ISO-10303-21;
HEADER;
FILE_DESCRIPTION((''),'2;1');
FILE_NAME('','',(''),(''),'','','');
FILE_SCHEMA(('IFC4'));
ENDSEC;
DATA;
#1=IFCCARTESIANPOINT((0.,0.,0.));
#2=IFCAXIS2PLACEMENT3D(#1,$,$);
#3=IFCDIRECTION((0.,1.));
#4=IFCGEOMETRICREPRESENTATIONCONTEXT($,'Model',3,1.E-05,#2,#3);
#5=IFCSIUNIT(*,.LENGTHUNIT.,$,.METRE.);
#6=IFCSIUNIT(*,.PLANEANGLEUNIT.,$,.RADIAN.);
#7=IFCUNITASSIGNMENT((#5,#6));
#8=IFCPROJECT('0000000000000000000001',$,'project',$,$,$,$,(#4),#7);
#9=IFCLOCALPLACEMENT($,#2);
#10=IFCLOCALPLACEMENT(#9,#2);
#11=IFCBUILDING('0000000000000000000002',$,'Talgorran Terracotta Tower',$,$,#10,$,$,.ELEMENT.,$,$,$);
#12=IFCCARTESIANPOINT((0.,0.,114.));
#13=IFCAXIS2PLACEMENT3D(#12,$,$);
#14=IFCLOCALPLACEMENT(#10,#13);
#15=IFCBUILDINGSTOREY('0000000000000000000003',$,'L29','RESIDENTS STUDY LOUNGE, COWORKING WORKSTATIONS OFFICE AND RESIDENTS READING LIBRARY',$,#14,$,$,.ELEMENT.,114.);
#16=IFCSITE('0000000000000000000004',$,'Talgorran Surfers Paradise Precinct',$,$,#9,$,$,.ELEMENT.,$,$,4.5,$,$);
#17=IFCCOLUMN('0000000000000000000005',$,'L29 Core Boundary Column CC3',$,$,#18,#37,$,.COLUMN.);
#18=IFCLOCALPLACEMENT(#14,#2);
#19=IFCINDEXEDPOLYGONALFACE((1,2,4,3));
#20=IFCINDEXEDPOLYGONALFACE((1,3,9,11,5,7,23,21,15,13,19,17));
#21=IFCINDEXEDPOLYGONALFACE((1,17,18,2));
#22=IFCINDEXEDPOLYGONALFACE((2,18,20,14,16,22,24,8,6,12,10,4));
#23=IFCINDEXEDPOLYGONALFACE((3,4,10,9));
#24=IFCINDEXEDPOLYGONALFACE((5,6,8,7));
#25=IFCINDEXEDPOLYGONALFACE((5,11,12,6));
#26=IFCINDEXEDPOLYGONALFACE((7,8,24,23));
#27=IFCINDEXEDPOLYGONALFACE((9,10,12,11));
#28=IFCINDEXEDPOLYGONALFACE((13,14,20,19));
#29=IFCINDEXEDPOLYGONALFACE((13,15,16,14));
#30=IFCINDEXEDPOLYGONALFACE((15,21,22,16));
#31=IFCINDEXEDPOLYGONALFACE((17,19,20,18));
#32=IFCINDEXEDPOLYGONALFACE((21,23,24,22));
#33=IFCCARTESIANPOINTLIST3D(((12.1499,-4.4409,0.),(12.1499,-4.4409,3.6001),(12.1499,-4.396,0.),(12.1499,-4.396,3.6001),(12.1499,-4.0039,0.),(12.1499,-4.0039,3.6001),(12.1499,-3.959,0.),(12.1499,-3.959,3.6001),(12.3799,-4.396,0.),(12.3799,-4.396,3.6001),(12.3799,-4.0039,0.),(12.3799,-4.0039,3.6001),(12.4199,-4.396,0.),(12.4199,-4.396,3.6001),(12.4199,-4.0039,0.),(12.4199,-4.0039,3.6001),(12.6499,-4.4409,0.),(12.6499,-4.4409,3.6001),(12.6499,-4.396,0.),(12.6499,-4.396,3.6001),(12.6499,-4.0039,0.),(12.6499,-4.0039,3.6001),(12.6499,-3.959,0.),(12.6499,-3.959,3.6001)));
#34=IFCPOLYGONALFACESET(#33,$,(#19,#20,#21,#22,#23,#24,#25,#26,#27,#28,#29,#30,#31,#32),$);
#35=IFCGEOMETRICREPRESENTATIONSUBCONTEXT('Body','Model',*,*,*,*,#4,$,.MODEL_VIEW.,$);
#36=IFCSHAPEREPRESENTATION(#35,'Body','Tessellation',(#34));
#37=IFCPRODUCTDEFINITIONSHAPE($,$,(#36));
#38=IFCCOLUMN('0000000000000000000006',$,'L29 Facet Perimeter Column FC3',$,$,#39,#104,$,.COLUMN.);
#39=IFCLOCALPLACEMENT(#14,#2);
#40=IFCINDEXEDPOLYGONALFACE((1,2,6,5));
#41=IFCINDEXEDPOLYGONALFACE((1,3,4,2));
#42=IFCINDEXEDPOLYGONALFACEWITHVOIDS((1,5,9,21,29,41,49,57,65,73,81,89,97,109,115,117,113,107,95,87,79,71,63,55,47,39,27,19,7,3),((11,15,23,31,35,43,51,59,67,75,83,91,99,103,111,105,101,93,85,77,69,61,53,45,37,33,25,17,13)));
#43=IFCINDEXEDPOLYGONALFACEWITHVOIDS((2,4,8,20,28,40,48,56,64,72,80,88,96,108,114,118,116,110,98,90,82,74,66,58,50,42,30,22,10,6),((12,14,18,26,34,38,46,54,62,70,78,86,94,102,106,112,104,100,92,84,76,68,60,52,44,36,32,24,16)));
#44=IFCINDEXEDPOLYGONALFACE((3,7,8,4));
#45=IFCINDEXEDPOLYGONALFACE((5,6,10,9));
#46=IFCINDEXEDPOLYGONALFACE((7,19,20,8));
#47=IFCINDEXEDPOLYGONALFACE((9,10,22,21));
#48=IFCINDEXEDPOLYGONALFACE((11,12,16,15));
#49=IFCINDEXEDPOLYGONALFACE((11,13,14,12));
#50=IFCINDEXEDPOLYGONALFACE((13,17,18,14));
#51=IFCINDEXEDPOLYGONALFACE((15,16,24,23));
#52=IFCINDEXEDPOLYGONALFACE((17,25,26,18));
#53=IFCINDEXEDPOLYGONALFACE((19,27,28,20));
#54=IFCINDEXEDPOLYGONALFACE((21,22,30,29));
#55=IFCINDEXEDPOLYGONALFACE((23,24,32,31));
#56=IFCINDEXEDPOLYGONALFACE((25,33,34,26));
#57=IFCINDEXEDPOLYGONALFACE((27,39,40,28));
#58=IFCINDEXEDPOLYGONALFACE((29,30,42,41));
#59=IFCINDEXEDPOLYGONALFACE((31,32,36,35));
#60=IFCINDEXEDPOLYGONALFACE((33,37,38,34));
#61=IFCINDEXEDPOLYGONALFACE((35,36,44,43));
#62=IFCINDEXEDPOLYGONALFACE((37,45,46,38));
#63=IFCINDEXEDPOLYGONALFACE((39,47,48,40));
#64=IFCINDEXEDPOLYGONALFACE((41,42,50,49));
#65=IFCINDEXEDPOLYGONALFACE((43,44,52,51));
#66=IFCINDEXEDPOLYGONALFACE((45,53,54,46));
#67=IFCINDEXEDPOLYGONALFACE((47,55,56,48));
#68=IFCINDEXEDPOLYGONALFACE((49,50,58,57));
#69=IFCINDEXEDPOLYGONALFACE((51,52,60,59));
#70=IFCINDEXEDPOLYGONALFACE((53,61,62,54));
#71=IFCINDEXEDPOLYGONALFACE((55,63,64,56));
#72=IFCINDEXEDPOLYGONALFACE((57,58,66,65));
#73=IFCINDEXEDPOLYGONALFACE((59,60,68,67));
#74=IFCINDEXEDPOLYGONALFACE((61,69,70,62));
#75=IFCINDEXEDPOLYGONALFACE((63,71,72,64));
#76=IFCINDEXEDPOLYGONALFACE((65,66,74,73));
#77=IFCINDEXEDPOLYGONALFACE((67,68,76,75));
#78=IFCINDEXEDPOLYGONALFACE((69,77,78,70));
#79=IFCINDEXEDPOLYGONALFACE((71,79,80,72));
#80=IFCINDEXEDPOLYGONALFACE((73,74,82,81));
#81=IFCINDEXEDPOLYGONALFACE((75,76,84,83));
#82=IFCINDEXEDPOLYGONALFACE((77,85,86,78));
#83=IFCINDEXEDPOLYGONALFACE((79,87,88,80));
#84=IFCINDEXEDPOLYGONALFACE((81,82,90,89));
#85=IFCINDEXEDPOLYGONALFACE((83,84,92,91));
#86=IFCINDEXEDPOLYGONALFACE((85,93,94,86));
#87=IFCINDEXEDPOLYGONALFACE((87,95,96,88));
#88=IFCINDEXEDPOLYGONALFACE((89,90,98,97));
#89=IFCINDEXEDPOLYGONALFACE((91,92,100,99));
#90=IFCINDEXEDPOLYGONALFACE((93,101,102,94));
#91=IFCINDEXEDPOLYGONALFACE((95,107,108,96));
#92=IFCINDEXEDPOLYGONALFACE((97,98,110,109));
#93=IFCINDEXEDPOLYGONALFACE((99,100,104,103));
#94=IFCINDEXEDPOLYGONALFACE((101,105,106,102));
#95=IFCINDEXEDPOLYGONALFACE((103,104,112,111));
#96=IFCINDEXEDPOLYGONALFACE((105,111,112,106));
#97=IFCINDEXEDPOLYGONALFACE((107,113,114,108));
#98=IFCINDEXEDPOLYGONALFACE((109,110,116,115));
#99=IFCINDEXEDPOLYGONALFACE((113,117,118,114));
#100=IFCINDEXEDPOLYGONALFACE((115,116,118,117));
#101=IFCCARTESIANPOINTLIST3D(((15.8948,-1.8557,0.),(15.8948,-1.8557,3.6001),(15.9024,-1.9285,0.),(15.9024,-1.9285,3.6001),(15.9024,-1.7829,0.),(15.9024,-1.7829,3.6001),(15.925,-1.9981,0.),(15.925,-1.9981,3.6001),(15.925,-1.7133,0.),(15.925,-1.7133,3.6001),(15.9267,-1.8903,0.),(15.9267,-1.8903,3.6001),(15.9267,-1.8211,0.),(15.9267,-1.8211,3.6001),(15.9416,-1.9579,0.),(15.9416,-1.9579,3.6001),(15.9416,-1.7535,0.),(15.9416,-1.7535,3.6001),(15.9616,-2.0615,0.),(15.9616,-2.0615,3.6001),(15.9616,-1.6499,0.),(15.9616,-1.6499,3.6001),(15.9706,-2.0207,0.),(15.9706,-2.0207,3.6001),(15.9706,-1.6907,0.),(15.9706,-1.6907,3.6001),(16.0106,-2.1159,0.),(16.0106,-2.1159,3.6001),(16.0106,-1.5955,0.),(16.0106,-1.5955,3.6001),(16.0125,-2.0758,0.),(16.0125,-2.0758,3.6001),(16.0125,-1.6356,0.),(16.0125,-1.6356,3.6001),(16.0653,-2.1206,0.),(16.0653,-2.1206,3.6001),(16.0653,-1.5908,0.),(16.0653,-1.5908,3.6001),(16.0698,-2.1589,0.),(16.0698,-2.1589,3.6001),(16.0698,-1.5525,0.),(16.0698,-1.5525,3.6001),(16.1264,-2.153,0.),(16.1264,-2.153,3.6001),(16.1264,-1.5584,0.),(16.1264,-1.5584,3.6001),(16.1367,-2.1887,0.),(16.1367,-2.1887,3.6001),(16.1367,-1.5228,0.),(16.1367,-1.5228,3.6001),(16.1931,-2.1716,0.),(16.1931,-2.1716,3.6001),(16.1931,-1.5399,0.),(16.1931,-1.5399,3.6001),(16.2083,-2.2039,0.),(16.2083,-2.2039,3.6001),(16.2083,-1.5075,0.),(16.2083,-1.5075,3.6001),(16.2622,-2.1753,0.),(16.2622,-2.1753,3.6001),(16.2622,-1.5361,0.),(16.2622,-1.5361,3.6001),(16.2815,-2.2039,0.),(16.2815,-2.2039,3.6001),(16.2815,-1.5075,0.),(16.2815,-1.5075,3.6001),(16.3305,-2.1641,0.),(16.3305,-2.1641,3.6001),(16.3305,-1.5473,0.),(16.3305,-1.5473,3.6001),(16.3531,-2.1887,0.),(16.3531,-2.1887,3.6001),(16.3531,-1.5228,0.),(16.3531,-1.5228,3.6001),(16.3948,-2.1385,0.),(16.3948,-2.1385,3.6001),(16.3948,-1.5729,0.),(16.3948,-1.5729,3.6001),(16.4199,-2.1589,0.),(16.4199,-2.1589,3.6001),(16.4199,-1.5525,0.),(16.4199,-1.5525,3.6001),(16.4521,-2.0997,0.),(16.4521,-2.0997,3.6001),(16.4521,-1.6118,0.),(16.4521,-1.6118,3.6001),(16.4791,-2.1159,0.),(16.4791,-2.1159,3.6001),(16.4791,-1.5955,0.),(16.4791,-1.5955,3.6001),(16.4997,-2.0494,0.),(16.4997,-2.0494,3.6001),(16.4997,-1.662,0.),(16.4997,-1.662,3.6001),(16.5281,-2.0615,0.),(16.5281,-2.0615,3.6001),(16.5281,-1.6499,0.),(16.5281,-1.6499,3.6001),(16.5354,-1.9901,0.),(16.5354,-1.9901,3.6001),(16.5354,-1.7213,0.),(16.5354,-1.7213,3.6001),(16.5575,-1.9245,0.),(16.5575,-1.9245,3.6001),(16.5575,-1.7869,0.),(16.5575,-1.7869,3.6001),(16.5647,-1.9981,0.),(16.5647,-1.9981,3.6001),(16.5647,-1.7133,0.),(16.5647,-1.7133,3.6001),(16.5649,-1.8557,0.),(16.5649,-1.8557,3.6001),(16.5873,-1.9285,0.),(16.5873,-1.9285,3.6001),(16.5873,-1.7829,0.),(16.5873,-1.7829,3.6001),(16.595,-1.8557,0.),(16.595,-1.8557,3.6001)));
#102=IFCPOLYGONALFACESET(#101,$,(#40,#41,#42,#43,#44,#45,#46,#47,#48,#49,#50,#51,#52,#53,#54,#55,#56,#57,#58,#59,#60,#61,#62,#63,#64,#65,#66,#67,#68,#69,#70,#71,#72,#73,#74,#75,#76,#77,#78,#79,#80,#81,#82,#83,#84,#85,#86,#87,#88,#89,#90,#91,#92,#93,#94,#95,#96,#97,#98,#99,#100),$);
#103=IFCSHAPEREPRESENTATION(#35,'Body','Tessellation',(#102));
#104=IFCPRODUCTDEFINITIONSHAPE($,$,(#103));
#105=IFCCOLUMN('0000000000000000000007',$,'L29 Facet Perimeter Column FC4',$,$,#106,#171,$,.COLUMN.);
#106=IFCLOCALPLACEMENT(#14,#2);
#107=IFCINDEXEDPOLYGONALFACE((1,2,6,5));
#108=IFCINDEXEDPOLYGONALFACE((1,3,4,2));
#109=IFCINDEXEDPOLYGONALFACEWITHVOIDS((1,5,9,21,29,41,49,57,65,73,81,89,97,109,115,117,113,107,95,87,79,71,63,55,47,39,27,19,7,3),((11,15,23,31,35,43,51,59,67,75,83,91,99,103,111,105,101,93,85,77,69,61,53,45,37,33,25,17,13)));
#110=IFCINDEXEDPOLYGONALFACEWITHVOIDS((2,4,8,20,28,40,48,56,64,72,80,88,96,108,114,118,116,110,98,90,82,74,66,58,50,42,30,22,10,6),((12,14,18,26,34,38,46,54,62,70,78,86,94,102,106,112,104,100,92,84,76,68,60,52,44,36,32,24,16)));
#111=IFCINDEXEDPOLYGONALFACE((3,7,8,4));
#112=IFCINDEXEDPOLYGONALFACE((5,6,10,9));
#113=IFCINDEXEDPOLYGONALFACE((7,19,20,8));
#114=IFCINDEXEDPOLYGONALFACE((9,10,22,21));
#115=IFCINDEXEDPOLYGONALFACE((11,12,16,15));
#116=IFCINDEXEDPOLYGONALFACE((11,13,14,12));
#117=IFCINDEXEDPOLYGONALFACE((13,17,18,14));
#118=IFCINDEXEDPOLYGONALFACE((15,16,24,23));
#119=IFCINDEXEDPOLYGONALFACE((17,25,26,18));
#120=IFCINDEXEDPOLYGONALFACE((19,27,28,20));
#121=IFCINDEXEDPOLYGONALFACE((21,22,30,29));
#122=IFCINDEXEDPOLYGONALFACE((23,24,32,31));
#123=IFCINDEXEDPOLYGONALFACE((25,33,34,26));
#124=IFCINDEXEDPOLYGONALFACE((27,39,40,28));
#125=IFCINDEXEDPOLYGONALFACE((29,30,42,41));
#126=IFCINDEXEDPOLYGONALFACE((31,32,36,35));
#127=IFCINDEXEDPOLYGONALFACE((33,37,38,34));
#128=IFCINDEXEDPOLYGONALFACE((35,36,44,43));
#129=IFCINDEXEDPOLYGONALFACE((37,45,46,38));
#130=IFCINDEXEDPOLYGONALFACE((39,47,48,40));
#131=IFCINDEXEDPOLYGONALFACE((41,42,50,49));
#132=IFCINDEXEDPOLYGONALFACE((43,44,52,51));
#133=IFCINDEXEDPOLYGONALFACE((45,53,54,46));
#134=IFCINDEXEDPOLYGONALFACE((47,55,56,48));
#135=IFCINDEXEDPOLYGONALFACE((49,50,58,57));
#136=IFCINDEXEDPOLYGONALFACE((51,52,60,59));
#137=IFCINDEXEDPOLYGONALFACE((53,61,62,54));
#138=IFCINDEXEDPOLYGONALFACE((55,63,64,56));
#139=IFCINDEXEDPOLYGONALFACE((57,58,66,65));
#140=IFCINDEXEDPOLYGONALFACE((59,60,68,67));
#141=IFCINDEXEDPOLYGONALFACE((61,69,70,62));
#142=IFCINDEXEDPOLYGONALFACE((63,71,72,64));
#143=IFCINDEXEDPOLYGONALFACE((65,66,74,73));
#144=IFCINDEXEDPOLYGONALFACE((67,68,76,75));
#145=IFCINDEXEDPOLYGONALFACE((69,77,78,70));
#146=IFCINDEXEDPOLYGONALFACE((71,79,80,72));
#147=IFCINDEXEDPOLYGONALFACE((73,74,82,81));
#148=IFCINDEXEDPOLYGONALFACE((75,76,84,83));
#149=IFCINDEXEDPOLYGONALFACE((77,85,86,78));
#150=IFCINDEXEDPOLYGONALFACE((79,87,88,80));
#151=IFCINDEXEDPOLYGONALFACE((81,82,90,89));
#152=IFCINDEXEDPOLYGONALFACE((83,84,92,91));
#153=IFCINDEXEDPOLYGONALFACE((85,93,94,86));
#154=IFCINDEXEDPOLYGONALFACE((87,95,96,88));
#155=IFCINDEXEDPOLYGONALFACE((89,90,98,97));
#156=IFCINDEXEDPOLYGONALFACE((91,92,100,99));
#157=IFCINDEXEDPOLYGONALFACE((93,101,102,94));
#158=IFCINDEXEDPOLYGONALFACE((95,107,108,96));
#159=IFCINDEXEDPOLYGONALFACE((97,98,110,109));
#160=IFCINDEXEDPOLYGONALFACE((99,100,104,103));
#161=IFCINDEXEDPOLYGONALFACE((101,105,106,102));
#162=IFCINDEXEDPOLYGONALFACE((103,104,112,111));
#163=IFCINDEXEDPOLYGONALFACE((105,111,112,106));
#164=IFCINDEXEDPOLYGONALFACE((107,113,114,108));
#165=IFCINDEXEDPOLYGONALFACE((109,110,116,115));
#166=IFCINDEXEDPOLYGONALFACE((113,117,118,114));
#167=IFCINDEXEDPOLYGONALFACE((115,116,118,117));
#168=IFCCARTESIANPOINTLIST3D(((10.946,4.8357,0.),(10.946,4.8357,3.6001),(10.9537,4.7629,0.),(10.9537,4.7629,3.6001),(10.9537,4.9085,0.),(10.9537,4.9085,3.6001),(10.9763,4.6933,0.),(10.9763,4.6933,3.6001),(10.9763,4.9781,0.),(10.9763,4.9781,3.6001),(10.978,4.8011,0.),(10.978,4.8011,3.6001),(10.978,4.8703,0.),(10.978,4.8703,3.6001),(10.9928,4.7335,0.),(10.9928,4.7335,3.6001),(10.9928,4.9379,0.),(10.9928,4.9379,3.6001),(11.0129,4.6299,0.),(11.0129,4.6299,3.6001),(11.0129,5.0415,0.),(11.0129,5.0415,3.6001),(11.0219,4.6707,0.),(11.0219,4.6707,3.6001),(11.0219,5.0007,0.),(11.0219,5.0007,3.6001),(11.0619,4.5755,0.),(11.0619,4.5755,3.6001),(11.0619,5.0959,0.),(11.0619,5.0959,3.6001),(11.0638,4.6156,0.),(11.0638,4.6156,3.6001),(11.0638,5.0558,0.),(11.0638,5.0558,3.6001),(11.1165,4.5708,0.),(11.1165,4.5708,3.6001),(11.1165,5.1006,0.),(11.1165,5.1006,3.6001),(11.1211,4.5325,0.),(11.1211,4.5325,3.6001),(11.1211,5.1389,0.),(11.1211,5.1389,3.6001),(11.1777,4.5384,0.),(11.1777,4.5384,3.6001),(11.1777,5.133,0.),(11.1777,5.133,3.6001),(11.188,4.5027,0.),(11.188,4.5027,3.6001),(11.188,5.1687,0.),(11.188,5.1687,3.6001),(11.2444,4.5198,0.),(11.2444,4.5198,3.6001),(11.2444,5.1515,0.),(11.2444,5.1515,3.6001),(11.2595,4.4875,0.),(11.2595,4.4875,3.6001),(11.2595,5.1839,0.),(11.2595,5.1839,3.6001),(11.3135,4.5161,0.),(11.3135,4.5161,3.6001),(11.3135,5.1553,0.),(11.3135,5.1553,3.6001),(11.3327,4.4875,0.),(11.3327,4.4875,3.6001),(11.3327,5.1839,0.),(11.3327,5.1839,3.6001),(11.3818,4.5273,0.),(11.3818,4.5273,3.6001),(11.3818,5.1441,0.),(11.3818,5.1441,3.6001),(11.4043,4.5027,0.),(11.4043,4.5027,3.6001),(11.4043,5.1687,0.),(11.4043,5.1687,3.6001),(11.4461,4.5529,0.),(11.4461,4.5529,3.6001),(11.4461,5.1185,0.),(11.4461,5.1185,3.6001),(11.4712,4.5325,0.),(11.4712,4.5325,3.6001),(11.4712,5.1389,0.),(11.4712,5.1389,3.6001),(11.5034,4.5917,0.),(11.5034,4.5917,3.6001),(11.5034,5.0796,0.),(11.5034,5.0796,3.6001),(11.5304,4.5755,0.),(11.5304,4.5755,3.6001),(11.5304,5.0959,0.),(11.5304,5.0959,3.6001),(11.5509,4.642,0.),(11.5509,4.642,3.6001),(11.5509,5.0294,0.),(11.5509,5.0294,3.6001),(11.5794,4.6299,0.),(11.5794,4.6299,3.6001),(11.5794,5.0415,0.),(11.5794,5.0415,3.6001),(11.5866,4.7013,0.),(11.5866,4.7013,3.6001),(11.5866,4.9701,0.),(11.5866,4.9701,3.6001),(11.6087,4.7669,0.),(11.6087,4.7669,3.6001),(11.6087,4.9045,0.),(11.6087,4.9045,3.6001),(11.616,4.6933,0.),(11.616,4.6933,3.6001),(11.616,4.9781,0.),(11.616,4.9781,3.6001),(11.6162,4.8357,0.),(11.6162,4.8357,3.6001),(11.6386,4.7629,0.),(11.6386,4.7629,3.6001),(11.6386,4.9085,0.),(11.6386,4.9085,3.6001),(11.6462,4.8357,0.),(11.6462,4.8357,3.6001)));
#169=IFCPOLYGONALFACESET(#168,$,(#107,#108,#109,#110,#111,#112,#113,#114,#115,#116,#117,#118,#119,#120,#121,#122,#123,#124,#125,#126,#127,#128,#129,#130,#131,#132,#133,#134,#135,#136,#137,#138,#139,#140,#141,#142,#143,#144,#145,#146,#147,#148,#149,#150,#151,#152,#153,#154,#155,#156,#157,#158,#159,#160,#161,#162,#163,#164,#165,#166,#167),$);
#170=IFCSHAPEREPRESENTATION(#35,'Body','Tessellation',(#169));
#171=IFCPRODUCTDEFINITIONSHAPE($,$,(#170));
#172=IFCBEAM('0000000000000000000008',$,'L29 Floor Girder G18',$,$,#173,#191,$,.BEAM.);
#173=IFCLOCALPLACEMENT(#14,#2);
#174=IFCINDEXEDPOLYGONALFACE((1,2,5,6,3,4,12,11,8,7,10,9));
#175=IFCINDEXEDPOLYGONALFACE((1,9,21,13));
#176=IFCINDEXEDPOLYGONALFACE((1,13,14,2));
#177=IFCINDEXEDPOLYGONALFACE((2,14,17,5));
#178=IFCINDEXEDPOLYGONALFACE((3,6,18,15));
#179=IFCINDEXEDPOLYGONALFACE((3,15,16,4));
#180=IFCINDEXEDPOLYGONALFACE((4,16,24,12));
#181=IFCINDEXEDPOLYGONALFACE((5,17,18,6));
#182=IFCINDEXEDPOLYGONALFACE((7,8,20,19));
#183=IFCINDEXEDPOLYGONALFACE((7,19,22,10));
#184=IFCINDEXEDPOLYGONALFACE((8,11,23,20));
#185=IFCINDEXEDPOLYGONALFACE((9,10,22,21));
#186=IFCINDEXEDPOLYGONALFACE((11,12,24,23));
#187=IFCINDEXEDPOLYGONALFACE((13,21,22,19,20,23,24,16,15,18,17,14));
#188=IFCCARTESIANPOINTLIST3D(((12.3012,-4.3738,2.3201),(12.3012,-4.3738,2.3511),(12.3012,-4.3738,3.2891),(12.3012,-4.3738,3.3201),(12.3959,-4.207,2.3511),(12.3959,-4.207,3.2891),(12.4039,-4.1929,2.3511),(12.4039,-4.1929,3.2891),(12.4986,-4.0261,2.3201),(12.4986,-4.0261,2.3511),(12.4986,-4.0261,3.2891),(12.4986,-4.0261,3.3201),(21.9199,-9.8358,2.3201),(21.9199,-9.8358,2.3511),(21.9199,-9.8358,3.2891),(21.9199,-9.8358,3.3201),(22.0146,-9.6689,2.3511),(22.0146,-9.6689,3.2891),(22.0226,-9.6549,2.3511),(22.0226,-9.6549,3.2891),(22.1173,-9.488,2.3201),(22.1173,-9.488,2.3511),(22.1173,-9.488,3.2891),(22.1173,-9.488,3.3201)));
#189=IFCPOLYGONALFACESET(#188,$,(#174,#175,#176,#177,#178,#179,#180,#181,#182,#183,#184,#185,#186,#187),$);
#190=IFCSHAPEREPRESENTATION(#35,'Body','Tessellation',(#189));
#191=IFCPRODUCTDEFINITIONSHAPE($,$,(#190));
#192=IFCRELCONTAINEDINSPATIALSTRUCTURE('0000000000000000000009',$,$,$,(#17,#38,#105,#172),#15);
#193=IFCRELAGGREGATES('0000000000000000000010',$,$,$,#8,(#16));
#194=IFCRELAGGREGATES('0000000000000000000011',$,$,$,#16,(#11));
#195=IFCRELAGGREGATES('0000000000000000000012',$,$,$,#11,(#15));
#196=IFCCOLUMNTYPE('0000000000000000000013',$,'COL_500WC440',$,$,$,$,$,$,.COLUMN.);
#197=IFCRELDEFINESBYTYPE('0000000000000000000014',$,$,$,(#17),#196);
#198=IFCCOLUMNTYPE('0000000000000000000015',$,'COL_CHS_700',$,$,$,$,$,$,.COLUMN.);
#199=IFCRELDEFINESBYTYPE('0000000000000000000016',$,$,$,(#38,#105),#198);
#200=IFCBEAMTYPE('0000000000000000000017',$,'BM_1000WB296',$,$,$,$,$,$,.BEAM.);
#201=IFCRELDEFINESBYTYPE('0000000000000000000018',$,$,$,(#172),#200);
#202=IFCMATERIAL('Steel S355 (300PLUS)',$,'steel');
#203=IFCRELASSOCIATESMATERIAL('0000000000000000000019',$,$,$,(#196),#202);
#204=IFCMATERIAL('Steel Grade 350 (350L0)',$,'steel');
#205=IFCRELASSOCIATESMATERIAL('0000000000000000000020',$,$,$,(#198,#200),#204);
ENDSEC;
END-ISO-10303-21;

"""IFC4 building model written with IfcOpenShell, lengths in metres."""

from ifc_helpers import new_model, si_unit, direction, frame, origin, origin_2d, place, context, subcontext, project, spatial, hollow_circle, i_section, extrude, material, material_profile, profile_set, type_object, element, save


model = new_model("IFC4")

# Units and contexts
model_context = context("Model", 3, precision=1e-05, world=origin(), true_north=direction((0.0, 1.0)))
body_context = subcontext(model_context, "Body", "Model", "MODEL_VIEW")
ifc_project = project(units=[si_unit("LENGTHUNIT", "METRE"), si_unit("PLANEANGLEUNIT", "RADIAN")], contexts=[model_context])

# Site, building, storey
site_placement = place(None, origin())
site = spatial("IfcSite", under=ifc_project, at=site_placement, Name="Talgorran Surfers Paradise Precinct", CompositionType="ELEMENT", RefElevation=4.5)
building_placement = place(site_placement, origin())
building = spatial("IfcBuilding", under=site, at=building_placement, Name="Talgorran Terracotta Tower", CompositionType="ELEMENT")
storey_placement = place(building_placement, frame((0.0, 0.0, 114.0)))
storey = spatial("IfcBuildingStorey", under=building, at=storey_placement, Name="L29", Description="RESIDENTS STUDY LOUNGE, COWORKING WORKSTATIONS OFFICE AND RESIDENTS READING LIBRARY", CompositionType="ELEMENT", Elevation=114.0)

# Columns
ifc_material_1 = material(Name="Steel S355 (300PLUS)", Category="steel")
ifc_material_profile_1 = material_profile(ifc_material_1, i_section(OverallWidth=0.5, OverallDepth=0.4819, WebThickness=0.04, FlangeThickness=0.0449, at=origin_2d()), Name="500WC440")
ifc_profile_set_1 = profile_set([ifc_material_profile_1], Name="Steel S355 (300PLUS)")
column_type_1 = type_object("IfcColumnType", Name="COL_500WC440", PredefinedType="COLUMN", material=ifc_profile_set_1)
column_placement = place(storey_placement, frame((12.3999, -4.2, 0.0), z_axis=(0.0, 0.0, 1.0), x_axis=(1.0, 0.0, 0.0)))
element("IfcColumn", 1, at=column_placement, inside=storey, type_object=column_type_1, Name="L29 Core Boundary Column CC3", PredefinedType="COLUMN", context=body_context, shape_type="SweptSolid", body=[
    extrude(i_section(OverallWidth=0.5, OverallDepth=0.4819, WebThickness=0.04, FlangeThickness=0.0449, at=origin_2d()), origin(), (0.0, 0.0, 1.0), 3.6001),
])
ifc_material_2 = material(Name="Steel Grade 350 (350L0)", Category="steel")
ifc_material_profile_2 = material_profile(ifc_material_2, hollow_circle(Radius=0.3501, WallThickness=0.03, at=origin_2d()), Name="CHS700X30")
ifc_profile_set_2 = profile_set([ifc_material_profile_2], Name="Steel Grade 350 (350L0)")
column_type_2 = type_object("IfcColumnType", Name="COL_CHS_700", PredefinedType="COLUMN", material=ifc_profile_set_2)
for number, where, z_axis, x_axis, name in (
    (2, (16.2449, -1.8557, 0.0), (0.0, 0.0, 1.0), (1.0, 0.0, 0.0), "L29 Facet Perimeter Column FC3"),
    (3, (11.2961, 4.8357, 0.0), (0.0, 0.0, 1.0), (1.0, 0.0, 0.0), "L29 Facet Perimeter Column FC4"),
):
    element("IfcColumn", number, at=place(storey_placement, frame(where, z_axis=z_axis, x_axis=x_axis)), inside=storey, type_object=column_type_2, Name=name, PredefinedType="COLUMN", context=body_context, shape_type="SweptSolid", body=[
        extrude(hollow_circle(Radius=0.3501, WallThickness=0.03, at=origin_2d()), origin(), (0.0, 0.0, 1.0), 3.6001),
    ])

# Beam
ifc_material_profile_3 = material_profile(ifc_material_2, i_section(OverallWidth=0.3999, OverallDepth=1.0, WebThickness=0.0161, FlangeThickness=0.031, at=origin_2d()), Name="1000WB296")
ifc_profile_set_3 = profile_set([ifc_material_profile_3], Name="Steel Grade 350 (350L0)")
beam_type_1 = type_object("IfcBeamType", Name="BM_1000WB296", PredefinedType="BEAM", material=ifc_profile_set_3)
beam_1_placement = place(storey_placement, frame((12.3999, -4.2, 2.8201), z_axis=(0.869582, -0.493789, 0.0), x_axis=(0.493789, 0.869582, 0.0)))
element("IfcBeam", 4, at=beam_1_placement, inside=storey, type_object=beam_type_1, Name="L29 Floor Girder G18", PredefinedType="BEAM", context=body_context, shape_type="SweptSolid", body=[
    extrude(i_section(OverallWidth=0.3999, OverallDepth=1.0, WebThickness=0.0161, FlangeThickness=0.031, at=origin_2d()), origin(), (0.0, 0.0, 1.0), 11.0613),
])

save(model, "model.ifc")
